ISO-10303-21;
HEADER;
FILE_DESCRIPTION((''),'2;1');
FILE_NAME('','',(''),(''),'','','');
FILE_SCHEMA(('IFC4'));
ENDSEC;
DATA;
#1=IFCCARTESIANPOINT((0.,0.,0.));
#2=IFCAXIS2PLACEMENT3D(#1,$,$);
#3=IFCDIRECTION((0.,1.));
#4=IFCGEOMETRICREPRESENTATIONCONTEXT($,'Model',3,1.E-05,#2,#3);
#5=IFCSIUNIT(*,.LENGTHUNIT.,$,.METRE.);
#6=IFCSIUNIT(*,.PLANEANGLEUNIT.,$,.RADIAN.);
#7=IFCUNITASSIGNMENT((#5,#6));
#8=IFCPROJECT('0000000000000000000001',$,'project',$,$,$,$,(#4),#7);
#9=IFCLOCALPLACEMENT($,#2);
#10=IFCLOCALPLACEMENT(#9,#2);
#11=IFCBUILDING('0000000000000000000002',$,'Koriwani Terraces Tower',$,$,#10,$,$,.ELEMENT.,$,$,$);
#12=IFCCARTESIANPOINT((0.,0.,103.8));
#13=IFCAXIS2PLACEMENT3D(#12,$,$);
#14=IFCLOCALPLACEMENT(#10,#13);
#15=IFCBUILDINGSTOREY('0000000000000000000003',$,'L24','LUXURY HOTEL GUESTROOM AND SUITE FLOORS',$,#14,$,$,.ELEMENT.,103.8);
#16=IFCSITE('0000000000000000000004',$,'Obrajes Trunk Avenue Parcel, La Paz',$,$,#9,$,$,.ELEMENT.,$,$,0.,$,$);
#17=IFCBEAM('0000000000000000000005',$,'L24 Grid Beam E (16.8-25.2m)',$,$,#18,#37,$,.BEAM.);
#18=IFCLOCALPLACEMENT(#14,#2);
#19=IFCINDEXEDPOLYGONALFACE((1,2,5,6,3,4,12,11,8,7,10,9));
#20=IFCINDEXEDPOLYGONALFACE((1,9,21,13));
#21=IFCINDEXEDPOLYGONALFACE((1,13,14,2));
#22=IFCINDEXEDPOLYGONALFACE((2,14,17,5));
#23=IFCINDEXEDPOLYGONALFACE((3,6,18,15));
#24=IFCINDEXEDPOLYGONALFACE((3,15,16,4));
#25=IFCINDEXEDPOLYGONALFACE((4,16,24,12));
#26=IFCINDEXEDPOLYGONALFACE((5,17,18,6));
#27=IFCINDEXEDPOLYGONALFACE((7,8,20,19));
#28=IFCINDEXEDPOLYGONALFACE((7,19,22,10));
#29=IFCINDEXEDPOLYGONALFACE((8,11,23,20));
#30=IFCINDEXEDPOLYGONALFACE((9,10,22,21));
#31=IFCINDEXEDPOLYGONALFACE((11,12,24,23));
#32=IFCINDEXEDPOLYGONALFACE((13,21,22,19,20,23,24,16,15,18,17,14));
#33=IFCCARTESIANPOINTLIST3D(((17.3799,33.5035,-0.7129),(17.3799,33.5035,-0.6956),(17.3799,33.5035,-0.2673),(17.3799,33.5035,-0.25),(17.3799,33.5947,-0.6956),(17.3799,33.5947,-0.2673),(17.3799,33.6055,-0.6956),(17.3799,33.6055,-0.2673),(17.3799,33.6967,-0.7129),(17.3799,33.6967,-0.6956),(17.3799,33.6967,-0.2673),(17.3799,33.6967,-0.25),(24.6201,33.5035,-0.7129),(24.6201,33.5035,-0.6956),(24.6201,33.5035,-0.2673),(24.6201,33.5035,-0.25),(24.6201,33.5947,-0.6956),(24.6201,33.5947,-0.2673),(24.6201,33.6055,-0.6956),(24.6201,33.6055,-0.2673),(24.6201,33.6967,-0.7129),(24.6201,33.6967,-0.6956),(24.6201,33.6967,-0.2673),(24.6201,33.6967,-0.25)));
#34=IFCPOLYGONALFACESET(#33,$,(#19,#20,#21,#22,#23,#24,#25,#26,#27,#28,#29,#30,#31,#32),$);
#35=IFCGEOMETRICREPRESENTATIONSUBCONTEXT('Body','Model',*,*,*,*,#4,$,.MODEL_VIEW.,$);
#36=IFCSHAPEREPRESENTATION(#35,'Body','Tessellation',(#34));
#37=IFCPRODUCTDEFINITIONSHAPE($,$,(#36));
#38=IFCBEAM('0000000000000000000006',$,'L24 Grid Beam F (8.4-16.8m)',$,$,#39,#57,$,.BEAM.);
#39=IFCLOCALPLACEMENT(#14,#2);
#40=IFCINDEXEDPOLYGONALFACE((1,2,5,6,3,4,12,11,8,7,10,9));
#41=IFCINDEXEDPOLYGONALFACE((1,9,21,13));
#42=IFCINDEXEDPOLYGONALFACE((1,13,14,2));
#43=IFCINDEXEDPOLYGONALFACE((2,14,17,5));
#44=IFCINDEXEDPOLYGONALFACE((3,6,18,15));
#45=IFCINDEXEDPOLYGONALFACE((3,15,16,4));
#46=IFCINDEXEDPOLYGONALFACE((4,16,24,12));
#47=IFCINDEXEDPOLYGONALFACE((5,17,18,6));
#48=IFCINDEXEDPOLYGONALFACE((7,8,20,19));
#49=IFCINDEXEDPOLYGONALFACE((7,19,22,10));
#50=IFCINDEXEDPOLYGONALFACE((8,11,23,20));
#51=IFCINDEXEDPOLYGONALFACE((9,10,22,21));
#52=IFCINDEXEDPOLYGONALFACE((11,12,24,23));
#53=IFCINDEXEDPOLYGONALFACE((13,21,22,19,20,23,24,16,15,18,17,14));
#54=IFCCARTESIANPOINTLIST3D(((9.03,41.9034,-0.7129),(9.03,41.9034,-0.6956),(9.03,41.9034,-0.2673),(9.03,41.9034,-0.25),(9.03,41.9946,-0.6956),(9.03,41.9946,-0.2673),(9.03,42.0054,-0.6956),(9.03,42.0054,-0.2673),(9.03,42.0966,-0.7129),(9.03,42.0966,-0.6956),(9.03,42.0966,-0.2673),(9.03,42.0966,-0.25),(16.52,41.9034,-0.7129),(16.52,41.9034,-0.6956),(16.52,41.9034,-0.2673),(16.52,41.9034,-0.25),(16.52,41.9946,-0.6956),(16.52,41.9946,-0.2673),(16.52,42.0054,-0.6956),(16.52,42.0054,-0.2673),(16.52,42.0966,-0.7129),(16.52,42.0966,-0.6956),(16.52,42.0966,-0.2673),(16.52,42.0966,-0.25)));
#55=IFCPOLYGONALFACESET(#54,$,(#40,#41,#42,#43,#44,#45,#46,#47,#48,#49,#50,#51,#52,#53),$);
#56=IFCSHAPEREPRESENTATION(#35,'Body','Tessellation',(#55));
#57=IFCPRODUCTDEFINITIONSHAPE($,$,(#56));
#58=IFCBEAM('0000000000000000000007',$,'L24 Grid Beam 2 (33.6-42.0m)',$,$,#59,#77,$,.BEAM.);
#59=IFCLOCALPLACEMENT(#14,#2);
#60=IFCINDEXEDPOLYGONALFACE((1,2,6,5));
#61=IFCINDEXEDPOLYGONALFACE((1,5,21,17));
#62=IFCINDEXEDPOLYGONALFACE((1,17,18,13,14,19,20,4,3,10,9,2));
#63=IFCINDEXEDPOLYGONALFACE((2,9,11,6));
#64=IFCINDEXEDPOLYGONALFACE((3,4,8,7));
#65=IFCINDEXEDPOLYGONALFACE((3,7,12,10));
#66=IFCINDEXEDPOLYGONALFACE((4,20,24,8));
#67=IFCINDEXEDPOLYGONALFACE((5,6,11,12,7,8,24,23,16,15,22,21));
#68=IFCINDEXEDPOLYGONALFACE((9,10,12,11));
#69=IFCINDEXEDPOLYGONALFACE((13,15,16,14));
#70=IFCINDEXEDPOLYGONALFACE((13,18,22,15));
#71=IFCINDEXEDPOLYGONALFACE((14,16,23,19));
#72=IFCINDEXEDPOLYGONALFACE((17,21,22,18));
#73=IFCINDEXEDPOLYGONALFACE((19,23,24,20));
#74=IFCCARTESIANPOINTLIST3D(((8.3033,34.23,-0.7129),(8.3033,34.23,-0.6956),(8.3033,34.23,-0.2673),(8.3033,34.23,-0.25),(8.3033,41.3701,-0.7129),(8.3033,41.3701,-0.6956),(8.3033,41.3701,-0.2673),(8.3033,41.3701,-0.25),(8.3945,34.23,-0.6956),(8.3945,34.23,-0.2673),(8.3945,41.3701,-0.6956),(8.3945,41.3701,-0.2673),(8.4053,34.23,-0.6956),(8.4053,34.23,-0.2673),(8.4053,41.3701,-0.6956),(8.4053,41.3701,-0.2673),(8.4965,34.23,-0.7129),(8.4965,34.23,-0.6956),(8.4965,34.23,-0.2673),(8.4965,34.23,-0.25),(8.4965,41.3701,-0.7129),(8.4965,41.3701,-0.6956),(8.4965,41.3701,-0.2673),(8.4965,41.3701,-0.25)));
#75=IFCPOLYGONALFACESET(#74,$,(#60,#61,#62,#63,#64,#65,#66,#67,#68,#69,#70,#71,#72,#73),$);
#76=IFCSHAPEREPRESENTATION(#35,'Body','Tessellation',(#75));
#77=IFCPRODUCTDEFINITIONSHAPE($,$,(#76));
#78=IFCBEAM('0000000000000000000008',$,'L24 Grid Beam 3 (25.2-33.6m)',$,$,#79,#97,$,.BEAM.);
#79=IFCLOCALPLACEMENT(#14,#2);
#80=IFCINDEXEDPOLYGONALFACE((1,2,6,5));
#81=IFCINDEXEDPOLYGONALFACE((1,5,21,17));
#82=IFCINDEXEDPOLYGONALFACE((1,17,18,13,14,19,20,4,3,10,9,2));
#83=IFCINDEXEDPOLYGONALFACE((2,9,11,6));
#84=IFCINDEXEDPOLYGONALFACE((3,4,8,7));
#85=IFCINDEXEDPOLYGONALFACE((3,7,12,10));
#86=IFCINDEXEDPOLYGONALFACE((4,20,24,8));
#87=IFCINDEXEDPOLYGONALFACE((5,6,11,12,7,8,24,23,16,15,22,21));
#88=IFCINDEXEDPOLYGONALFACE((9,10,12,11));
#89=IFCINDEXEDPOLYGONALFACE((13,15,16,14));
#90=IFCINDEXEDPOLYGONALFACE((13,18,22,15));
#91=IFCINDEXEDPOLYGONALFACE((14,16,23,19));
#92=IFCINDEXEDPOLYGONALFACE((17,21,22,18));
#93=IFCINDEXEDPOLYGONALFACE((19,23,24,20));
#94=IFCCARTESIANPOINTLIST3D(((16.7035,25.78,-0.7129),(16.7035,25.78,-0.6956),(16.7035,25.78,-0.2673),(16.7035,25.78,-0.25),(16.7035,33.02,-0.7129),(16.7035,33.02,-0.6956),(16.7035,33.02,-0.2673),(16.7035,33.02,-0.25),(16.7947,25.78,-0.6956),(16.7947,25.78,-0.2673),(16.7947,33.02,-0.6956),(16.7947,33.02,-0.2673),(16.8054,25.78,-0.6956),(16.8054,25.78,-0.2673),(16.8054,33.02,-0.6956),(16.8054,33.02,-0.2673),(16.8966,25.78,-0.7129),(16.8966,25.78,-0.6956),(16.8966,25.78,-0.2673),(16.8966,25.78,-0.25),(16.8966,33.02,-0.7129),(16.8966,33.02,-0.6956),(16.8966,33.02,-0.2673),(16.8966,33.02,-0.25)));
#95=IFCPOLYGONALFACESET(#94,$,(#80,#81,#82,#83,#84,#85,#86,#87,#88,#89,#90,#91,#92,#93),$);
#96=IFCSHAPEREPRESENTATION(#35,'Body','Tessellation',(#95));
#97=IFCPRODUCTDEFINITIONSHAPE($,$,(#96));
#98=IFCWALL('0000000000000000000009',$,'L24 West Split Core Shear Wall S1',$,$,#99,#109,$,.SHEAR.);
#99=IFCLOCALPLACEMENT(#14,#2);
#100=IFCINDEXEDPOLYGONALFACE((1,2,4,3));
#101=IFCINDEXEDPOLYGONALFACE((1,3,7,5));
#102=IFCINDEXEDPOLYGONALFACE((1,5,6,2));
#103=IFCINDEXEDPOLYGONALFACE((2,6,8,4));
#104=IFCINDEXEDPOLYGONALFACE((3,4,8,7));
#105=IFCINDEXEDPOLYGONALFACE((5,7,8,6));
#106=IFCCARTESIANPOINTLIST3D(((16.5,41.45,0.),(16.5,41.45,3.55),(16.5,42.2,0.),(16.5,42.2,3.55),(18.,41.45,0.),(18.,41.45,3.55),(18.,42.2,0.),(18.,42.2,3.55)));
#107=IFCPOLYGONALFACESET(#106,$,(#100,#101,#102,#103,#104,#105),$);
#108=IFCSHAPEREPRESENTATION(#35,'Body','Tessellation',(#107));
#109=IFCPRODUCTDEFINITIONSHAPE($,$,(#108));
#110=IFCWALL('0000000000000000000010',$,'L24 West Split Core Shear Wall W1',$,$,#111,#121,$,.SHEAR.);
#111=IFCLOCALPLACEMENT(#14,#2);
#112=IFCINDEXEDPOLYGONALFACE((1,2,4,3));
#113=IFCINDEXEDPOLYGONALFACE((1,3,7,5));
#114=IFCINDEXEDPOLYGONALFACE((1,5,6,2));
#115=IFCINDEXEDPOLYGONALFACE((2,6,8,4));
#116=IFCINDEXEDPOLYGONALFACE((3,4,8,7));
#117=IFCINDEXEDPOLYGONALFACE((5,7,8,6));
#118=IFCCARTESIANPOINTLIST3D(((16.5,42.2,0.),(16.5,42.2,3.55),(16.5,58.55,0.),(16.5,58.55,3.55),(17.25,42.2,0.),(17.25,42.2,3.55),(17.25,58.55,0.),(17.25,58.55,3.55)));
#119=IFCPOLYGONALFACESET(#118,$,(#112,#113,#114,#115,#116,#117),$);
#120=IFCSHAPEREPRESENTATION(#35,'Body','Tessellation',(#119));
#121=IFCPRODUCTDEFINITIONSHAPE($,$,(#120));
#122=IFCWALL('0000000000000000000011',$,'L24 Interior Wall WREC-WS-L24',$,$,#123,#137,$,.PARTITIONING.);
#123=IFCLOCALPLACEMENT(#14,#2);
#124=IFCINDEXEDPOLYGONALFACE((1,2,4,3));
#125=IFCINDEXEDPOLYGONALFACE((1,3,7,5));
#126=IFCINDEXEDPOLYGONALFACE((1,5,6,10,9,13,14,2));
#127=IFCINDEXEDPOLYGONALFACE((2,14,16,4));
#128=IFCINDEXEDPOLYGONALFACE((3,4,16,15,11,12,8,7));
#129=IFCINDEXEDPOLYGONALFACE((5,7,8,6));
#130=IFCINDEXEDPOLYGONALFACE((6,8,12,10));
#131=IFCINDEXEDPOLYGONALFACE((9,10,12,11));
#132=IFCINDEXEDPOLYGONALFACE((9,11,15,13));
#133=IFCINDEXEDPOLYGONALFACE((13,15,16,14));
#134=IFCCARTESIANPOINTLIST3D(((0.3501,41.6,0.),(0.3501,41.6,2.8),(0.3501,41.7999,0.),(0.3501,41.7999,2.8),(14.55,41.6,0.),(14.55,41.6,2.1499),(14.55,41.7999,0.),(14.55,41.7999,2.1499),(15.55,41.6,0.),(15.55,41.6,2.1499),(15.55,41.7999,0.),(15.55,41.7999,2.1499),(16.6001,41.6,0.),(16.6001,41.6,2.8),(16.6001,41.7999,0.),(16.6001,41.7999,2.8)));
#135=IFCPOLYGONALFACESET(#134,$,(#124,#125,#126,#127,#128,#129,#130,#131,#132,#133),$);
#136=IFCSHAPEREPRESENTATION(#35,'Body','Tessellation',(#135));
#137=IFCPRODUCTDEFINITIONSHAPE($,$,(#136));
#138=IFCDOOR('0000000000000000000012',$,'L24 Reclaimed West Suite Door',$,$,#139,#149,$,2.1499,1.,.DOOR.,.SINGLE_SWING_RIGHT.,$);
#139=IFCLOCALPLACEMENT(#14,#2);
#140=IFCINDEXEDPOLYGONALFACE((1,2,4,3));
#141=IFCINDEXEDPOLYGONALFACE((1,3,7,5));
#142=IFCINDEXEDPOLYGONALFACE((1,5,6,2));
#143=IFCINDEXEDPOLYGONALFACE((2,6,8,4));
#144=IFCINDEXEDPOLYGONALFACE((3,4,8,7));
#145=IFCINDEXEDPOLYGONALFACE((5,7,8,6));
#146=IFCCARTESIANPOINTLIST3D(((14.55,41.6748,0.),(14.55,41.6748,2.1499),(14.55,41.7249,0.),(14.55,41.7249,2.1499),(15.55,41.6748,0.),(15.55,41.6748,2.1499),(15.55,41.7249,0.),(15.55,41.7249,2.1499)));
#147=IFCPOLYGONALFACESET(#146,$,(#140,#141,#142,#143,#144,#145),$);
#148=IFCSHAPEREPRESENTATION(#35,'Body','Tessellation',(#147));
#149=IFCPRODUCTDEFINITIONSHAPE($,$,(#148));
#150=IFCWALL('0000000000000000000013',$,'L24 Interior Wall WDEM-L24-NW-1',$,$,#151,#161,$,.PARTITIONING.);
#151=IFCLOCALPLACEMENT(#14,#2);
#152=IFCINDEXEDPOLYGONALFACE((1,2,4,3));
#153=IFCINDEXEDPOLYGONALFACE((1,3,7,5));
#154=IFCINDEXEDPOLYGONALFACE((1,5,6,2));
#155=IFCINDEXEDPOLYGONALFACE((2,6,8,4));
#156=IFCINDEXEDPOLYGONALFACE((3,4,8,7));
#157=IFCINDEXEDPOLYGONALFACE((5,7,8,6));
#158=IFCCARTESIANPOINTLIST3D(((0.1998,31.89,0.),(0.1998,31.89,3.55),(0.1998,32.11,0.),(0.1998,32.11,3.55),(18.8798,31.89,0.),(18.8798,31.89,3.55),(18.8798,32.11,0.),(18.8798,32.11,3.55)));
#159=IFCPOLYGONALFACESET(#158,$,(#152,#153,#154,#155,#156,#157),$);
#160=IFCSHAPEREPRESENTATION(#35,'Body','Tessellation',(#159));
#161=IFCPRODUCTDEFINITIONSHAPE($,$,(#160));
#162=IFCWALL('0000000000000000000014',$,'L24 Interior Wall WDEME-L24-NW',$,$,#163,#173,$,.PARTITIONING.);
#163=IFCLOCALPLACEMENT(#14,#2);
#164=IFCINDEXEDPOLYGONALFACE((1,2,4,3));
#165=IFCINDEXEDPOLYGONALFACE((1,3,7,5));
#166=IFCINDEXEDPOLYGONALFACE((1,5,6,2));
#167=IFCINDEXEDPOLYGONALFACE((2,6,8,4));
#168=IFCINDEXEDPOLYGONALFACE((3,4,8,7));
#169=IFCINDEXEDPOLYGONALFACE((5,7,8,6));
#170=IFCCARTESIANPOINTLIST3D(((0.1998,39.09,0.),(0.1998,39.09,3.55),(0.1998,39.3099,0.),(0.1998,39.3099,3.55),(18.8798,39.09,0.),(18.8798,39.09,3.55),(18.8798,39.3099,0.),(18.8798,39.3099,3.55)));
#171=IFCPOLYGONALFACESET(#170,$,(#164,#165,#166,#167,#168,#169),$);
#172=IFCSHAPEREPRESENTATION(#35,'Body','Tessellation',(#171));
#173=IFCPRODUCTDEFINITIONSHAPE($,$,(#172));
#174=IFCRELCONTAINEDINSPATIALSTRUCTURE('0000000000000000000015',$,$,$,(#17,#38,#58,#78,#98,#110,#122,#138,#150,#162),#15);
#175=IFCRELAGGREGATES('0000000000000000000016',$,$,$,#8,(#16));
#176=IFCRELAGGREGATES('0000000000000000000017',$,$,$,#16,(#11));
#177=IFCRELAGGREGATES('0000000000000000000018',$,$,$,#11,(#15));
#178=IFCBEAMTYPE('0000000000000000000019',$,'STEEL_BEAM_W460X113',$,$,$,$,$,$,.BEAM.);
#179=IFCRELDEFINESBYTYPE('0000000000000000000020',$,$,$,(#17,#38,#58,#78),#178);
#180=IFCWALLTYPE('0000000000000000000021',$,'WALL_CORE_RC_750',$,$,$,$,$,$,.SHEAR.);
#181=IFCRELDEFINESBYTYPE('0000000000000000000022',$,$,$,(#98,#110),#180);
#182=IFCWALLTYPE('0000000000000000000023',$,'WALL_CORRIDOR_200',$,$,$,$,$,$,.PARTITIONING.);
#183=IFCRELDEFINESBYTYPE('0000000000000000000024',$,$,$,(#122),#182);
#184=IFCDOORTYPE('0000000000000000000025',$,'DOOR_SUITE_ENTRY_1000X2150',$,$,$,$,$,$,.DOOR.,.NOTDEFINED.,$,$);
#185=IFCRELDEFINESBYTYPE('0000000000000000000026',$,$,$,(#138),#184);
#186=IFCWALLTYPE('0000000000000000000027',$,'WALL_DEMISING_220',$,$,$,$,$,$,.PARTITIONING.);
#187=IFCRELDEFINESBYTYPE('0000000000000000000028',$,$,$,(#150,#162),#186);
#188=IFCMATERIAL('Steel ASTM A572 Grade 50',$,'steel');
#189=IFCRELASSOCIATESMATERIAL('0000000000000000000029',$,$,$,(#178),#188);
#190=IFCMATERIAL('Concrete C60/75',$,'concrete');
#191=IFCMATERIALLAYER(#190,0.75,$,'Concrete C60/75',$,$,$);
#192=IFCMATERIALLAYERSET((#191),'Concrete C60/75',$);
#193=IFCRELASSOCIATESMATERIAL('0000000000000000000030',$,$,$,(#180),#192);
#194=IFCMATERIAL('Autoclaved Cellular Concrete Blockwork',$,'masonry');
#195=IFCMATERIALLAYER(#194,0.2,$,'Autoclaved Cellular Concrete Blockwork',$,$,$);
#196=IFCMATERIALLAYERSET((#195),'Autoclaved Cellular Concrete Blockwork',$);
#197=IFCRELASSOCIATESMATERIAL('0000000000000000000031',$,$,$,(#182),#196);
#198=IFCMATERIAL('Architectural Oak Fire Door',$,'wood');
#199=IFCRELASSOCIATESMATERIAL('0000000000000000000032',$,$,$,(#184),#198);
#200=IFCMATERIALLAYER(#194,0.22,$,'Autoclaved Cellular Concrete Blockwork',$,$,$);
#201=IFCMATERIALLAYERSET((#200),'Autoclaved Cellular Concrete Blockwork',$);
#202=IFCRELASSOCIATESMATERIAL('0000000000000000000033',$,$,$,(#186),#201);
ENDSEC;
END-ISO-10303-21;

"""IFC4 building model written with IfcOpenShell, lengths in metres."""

from ifc_helpers import new_model, si_unit, direction, frame, frame_2d, origin, origin_2d, place, context, subcontext, project, spatial, rectangle, i_section, extrude, material, layer, layer_set, material_profile, profile_set, type_object, element, fill, save


model = new_model("IFC4")

# Units and contexts
model_context = context("Model", 3, precision=1e-05, world=origin(), true_north=direction((0.0, 1.0)))
body_context = subcontext(model_context, "Body", "Model", "MODEL_VIEW")
ifc_project = project(units=[si_unit("LENGTHUNIT", "METRE"), si_unit("PLANEANGLEUNIT", "RADIAN")], contexts=[model_context])

# Site, building, storey
site_placement = place(None, origin())
site = spatial("IfcSite", under=ifc_project, at=site_placement, Name="Obrajes Trunk Avenue Parcel, La Paz", CompositionType="ELEMENT", RefElevation=0.0)
building_placement = place(site_placement, origin())
building = spatial("IfcBuilding", under=site, at=building_placement, Name="Koriwani Terraces Tower", CompositionType="ELEMENT")
storey_placement = place(building_placement, frame((0.0, 0.0, 103.8)))
storey = spatial("IfcBuildingStorey", under=building, at=storey_placement, Name="L24", Description="LUXURY HOTEL GUESTROOM AND SUITE FLOORS", CompositionType="ELEMENT", Elevation=103.8)

# Shared definitions
ifc_material_1 = material(Name="Concrete C60/75", Category="concrete")

# Beams
ifc_material_2 = material(Name="Steel ASTM A572 Grade 50", Category="steel")
ifc_material_profile_1 = material_profile(ifc_material_2, i_section(OverallWidth=0.1931, OverallDepth=0.4629, WebThickness=0.0107, FlangeThickness=0.0173, at=origin_2d()), Name="Steel ASTM A572 Grade 50", Category="LoadBearing")
ifc_profile_set_1 = profile_set([ifc_material_profile_1], Name="Steel ASTM A572 Grade 50")
beam_type_1 = type_object("IfcBeamType", Name="STEEL_BEAM_W460X113", PredefinedType="BEAM", material=ifc_profile_set_1)
beam_1_placement = place(storey_placement, frame((17.3799, 33.6001, -0.4814), z_axis=(1.0, 0.0, 0.0), x_axis=(0.0, 1.0, 0.0)))
element("IfcBeam", 1, at=beam_1_placement, inside=storey, type_object=beam_type_1, Name="L24 Grid Beam E (16.8-25.2m)", PredefinedType="BEAM", context=body_context, shape_type="SweptSolid", body=[
    extrude(i_section(OverallWidth=0.1931, OverallDepth=0.4629, WebThickness=0.0107, FlangeThickness=0.0173, at=origin_2d()), origin(), (0.0, 0.0, 1.0), 7.2402),
])
beam_2_placement = place(storey_placement, frame((9.03, 42.0, -0.4814), z_axis=(1.0, 0.0, 0.0), x_axis=(0.0, 1.0, 0.0)))
element("IfcBeam", 2, at=beam_2_placement, inside=storey, type_object=beam_type_1, Name="L24 Grid Beam F (8.4-16.8m)", PredefinedType="BEAM", context=body_context, shape_type="SweptSolid", body=[
    extrude(i_section(OverallWidth=0.1931, OverallDepth=0.4629, WebThickness=0.0107, FlangeThickness=0.0173, at=origin_2d()), origin(), (0.0, 0.0, 1.0), 7.49),
])
beam_3_placement = place(storey_placement, frame((8.3999, 34.23, -0.4814), z_axis=(0.0, 1.0, 0.0), x_axis=(-1.0, 0.0, 0.0)))
element("IfcBeam", 3, at=beam_3_placement, inside=storey, type_object=beam_type_1, Name="L24 Grid Beam 2 (33.6-42.0m)", PredefinedType="BEAM", context=body_context, shape_type="SweptSolid", body=[
    extrude(i_section(OverallWidth=0.1931, OverallDepth=0.4629, WebThickness=0.0107, FlangeThickness=0.0173, at=origin_2d()), origin(), (0.0, 0.0, 1.0), 7.1401),
])
beam_4_placement = place(storey_placement, frame((16.8, 25.78, -0.4814), z_axis=(0.0, 1.0, 0.0), x_axis=(-1.0, 0.0, 0.0)))
element("IfcBeam", 4, at=beam_4_placement, inside=storey, type_object=beam_type_1, Name="L24 Grid Beam 3 (25.2-33.6m)", PredefinedType="BEAM", context=body_context, shape_type="SweptSolid", body=[
    extrude(i_section(OverallWidth=0.1931, OverallDepth=0.4629, WebThickness=0.0107, FlangeThickness=0.0173, at=origin_2d()), origin(), (0.0, 0.0, 1.0), 7.24),
])

# Walls
ifc_layer_1 = layer(ifc_material_1, 0.75, Name="Concrete C60/75")
ifc_layer_set_1 = layer_set([ifc_layer_1], Name="Concrete C60/75")
wall_type_1 = type_object("IfcWallType", Name="WALL_CORE_RC_750", PredefinedType="SHEAR", material=ifc_layer_set_1)
wall_1_placement = place(storey_placement, frame((16.5, 41.825, 0.0), z_axis=(0.0, 0.0, 1.0), x_axis=(1.0, 0.0, 0.0)))
element("IfcWall", 5, at=wall_1_placement, inside=storey, type_object=wall_type_1, Name="L24 West Split Core Shear Wall S1", PredefinedType="SHEAR", context=body_context, shape_type="SweptSolid", body=[
    extrude(rectangle(XDim=1.5, YDim=0.75, at=frame_2d((0.75, 0.0))), origin(), (0.0, 0.0, 1.0), 3.55),
])
wall_2_placement = place(storey_placement, frame((16.875, 42.2, 0.0), z_axis=(0.0, 0.0, 1.0), x_axis=(0.0, 1.0, 0.0)))
element("IfcWall", 6, at=wall_2_placement, inside=storey, type_object=wall_type_1, Name="L24 West Split Core Shear Wall W1", PredefinedType="SHEAR", context=body_context, shape_type="SweptSolid", body=[
    extrude(rectangle(XDim=16.3501, YDim=0.75, at=frame_2d((8.175, 0.0))), origin(), (0.0, 0.0, 1.0), 3.55),
])

# Wall, opening, door
ifc_material_3 = material(Name="Autoclaved Cellular Concrete Blockwork", Category="masonry")
ifc_layer_2 = layer(ifc_material_3, 0.2, Name="Autoclaved Cellular Concrete Blockwork")
ifc_layer_set_2 = layer_set([ifc_layer_2], Name="Autoclaved Cellular Concrete Blockwork")
wall_type_2 = type_object("IfcWallType", Name="WALL_CORRIDOR_200", PredefinedType="PARTITIONING", material=ifc_layer_set_2)
wall_3_placement = place(storey_placement, frame((0.3501, 41.7, 0.0), z_axis=(0.0, 0.0, 1.0), x_axis=(1.0, 0.0, 0.0)))
wall_3 = element("IfcWall", 7, at=wall_3_placement, inside=storey, type_object=wall_type_2, Name="L24 Interior Wall WREC-WS-L24", PredefinedType="PARTITIONING", context=body_context, shape_type="SweptSolid", body=[
    extrude(rectangle(XDim=16.25, YDim=0.2, at=frame_2d((8.125, 0.0))), origin(), (0.0, 0.0, 1.0), 2.8),
])
opening_1_placement = place(wall_3_placement, frame((14.2, 0.0, 0.0)))
opening_1 = element("IfcOpeningElement", 8, at=opening_1_placement, cuts=wall_3, PredefinedType="OPENING", context=body_context, shape_type="SweptSolid", body=[
    extrude(rectangle(XDim=1.0, YDim=2.1499, at=frame_2d((0.5, 1.075))), frame((0.0, 0.1099, 0.0), z_axis=(0.0, -1.0, 0.0), x_axis=(1.0, 0.0, 0.0)), (0.0, 0.0, 1.0), 0.22),
])
ifc_material_4 = material(Name="Architectural Oak Fire Door", Category="wood")
door_type_1 = type_object("IfcDoorType", Name="DOOR_SUITE_ENTRY_1000X2150", OperationType="NOTDEFINED", PredefinedType="DOOR", material=ifc_material_4)
door_1_placement = place(opening_1_placement, origin())
door_1 = element("IfcDoor", 9, at=door_1_placement, inside=storey, type_object=door_type_1, Name="L24 Reclaimed West Suite Door", OperationType="SINGLE_SWING_RIGHT", OverallHeight=2.1499, OverallWidth=1.0, PredefinedType="DOOR", context=body_context, shape_type="SweptSolid", body=[
    extrude(rectangle(XDim=1.0, YDim=2.1499, at=frame_2d((0.5, 1.075))), frame((0.0, 0.0249, 0.0), z_axis=(0.0, -1.0, 0.0), x_axis=(1.0, 0.0, 0.0)), (0.0, 0.0, 1.0), 0.05),
])
fill(opening_1, door_1)

# Walls
ifc_layer_3 = layer(ifc_material_3, 0.22, Name="Autoclaved Cellular Concrete Blockwork")
ifc_layer_set_3 = layer_set([ifc_layer_3], Name="Autoclaved Cellular Concrete Blockwork")
wall_type_3 = type_object("IfcWallType", Name="WALL_DEMISING_220", PredefinedType="PARTITIONING", material=ifc_layer_set_3)
for number, where, z_axis, x_axis, name in (
    (10, (0.2, 32.0, 0.0), (0.0, 0.0, 1.0), (1.0, 0.0, 0.0), "L24 Interior Wall WDEM-L24-NW-1"),
    (11, (0.2, 39.2, 0.0), (0.0, 0.0, 1.0), (1.0, 0.0, 0.0), "L24 Interior Wall WDEME-L24-NW"),
):
    element("IfcWall", number, at=place(storey_placement, frame(where, z_axis=z_axis, x_axis=x_axis)), inside=storey, type_object=wall_type_3, Name=name, PredefinedType="PARTITIONING", context=body_context, shape_type="SweptSolid", body=[
        extrude(rectangle(XDim=18.6799, YDim=0.22, at=frame_2d((9.3398, 0.0))), origin(), (0.0, 0.0, 1.0), 3.55),
    ])

save(model, "model.ifc")
